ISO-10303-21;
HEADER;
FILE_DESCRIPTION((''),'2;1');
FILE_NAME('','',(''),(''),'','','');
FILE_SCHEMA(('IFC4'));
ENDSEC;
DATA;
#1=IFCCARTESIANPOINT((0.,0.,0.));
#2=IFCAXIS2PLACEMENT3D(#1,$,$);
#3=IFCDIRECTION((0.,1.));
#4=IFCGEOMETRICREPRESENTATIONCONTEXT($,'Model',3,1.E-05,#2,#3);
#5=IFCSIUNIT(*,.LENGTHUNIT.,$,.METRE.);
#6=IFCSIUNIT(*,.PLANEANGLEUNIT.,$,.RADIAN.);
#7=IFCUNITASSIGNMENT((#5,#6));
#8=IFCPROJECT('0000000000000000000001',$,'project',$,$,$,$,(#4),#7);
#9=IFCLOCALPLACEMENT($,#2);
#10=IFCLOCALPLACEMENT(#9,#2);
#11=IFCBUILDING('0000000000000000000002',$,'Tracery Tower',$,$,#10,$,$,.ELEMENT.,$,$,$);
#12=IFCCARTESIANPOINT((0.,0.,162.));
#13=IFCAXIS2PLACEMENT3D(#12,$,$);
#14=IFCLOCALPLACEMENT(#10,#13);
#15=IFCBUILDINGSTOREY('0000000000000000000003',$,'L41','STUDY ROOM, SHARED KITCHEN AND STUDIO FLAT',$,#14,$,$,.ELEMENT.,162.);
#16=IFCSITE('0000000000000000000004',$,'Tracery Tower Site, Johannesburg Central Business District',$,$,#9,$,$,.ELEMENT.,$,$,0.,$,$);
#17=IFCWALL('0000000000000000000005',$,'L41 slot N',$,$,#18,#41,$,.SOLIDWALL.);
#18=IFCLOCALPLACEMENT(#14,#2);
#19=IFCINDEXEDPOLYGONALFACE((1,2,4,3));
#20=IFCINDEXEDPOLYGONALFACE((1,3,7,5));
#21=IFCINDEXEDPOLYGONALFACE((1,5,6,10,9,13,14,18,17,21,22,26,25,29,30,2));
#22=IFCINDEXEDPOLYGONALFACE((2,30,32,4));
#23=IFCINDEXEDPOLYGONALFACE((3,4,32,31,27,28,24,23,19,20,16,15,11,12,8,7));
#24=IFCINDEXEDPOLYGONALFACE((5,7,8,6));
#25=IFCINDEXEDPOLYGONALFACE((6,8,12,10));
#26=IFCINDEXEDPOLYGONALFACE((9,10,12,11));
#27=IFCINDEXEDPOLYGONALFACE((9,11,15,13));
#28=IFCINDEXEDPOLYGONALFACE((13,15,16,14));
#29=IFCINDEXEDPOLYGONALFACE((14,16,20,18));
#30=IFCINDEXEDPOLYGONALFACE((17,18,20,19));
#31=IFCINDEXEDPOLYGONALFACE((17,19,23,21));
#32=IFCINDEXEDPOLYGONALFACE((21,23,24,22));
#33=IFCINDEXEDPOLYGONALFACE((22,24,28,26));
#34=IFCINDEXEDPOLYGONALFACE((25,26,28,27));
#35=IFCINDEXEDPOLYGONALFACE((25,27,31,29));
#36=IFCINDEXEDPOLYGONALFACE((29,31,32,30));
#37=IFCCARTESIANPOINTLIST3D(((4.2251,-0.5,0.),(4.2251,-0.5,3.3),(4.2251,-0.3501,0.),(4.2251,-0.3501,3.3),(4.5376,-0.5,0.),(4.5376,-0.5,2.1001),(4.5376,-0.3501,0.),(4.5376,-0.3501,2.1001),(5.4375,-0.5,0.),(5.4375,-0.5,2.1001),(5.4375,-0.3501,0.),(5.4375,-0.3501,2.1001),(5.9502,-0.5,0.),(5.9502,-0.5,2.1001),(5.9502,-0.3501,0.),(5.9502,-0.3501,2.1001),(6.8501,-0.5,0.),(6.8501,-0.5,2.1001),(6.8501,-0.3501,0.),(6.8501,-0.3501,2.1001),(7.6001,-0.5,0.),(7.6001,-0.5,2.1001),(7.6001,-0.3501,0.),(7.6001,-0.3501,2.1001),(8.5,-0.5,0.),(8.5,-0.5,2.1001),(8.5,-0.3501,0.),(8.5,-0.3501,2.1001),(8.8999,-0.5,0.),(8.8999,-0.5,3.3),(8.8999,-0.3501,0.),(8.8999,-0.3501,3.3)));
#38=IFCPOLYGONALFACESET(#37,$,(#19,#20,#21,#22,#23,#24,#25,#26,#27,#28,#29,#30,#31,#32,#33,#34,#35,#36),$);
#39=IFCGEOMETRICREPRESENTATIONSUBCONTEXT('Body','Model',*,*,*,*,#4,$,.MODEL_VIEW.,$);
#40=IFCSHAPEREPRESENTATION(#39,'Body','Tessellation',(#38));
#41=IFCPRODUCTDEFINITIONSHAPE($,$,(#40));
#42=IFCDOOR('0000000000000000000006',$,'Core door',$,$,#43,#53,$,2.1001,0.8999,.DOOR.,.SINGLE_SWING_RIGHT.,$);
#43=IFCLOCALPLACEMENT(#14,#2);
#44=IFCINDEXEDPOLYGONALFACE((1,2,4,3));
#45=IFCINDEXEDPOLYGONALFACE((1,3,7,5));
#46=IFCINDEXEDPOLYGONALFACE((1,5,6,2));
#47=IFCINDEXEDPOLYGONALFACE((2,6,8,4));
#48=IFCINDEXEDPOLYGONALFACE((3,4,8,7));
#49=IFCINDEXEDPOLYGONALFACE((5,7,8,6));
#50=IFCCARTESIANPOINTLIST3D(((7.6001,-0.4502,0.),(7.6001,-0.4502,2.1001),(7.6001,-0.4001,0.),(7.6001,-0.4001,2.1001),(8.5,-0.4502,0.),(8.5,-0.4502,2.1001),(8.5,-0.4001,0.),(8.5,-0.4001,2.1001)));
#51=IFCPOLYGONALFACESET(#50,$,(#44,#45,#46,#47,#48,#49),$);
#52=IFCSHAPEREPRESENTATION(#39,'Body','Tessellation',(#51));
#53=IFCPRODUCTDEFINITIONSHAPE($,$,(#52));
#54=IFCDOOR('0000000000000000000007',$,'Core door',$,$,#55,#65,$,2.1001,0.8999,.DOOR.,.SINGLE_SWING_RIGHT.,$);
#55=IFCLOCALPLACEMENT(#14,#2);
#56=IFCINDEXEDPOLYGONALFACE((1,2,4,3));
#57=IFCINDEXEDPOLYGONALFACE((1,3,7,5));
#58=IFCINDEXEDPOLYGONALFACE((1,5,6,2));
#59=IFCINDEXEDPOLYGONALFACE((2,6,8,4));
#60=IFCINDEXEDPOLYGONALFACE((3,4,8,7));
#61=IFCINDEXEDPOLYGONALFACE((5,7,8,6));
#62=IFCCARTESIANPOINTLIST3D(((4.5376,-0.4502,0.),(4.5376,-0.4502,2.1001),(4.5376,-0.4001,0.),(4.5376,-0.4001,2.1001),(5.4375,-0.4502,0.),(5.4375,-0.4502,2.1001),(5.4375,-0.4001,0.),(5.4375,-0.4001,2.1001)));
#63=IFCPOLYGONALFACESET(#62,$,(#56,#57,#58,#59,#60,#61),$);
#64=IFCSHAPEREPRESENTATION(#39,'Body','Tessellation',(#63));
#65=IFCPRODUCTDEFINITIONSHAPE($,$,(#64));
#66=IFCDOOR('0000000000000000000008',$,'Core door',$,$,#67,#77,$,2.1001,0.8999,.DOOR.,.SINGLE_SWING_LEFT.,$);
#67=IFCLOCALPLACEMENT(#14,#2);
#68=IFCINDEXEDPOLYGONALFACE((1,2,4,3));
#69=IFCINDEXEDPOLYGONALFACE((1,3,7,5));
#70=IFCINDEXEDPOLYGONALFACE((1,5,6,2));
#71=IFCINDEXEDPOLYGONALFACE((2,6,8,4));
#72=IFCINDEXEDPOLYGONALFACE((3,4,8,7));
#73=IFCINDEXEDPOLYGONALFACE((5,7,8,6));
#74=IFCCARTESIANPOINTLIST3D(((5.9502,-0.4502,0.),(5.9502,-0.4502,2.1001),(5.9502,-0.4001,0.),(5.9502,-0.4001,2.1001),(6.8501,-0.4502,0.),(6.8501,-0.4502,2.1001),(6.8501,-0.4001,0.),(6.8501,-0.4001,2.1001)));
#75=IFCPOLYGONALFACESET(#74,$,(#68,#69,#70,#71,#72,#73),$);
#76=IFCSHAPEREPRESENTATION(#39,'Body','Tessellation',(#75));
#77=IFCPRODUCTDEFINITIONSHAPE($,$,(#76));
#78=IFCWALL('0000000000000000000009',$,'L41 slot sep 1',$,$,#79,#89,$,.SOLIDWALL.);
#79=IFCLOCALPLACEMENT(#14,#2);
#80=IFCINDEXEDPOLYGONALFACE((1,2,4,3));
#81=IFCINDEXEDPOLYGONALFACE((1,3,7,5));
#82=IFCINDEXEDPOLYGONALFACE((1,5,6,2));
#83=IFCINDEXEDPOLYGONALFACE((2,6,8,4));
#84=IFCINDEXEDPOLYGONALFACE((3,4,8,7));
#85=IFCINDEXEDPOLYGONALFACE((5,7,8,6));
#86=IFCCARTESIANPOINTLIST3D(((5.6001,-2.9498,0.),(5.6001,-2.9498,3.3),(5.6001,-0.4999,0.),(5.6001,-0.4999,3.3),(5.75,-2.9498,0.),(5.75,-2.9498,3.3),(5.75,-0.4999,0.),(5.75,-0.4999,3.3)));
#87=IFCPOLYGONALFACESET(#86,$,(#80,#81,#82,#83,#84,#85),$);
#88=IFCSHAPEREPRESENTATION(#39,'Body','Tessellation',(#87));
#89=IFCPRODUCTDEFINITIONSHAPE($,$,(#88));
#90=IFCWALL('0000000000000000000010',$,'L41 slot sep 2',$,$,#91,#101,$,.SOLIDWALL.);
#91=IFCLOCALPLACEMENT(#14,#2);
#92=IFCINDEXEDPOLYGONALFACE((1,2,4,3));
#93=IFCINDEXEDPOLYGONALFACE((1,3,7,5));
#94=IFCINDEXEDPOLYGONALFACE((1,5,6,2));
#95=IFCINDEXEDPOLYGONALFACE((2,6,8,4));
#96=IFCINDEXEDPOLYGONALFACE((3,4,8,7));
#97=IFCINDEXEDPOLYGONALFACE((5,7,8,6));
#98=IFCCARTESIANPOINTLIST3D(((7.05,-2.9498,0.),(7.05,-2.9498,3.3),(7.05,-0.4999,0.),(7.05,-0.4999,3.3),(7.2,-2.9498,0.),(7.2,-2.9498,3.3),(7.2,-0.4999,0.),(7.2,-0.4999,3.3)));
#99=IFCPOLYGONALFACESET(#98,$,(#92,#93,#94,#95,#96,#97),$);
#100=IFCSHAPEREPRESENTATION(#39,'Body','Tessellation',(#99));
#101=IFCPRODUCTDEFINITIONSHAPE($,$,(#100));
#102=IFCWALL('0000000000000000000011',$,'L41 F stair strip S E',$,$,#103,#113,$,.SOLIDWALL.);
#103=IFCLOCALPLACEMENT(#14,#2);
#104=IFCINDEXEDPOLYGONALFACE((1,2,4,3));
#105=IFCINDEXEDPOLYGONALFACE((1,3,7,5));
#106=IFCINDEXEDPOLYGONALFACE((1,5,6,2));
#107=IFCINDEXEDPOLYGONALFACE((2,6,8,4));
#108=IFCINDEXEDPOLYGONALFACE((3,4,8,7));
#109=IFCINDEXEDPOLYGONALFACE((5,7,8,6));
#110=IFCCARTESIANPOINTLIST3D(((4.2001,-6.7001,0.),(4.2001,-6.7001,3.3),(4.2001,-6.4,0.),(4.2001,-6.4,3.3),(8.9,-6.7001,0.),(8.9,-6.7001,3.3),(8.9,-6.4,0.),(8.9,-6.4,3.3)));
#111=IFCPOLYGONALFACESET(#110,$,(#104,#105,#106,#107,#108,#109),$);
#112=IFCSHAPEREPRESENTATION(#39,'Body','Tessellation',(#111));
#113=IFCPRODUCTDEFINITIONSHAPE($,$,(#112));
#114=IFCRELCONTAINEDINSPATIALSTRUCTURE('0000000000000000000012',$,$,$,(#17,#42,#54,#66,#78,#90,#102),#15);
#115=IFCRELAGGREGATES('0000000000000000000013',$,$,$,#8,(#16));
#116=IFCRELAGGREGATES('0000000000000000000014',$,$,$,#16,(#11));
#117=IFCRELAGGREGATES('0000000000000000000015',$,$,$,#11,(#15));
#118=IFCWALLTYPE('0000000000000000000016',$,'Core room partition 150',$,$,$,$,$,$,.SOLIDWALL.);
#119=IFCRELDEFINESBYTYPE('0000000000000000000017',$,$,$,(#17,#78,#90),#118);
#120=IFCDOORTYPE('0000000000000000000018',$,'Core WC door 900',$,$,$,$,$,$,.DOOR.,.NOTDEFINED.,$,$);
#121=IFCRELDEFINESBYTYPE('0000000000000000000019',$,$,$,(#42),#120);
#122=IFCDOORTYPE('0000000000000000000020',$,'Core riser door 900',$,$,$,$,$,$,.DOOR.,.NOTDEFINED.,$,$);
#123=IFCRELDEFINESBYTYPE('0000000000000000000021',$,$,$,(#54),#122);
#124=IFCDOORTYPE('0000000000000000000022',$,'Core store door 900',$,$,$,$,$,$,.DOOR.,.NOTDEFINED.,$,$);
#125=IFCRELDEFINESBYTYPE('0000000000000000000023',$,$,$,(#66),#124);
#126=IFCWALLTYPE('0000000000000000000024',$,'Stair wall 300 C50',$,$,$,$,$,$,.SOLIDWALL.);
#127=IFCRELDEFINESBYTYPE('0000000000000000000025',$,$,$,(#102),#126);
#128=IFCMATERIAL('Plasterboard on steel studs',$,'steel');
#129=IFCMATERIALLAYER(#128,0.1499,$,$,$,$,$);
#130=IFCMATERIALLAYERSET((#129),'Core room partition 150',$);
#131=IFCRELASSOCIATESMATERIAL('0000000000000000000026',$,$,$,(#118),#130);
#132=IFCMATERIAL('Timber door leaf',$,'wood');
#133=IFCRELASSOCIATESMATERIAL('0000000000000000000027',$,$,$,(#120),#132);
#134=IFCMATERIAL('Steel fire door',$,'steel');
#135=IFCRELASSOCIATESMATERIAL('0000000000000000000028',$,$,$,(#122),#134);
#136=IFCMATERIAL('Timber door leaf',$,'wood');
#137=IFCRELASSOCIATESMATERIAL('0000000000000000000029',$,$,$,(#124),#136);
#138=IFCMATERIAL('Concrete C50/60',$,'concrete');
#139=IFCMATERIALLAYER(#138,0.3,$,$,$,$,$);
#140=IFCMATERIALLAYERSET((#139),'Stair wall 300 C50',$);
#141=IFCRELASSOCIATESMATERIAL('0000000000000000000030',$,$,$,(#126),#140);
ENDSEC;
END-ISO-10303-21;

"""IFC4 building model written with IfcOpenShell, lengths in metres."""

from ifc_helpers import new_model, si_unit, direction, frame, frame_2d, origin, place, context, subcontext, project, spatial, rectangle, extrude, material, layer, layer_set, type_object, element, fill, save


model = new_model("IFC4")

# Units and contexts
model_context = context("Model", 3, precision=1e-05, world=origin(), true_north=direction((0.0, 1.0)))
body_context = subcontext(model_context, "Body", "Model", "MODEL_VIEW")
ifc_project = project(units=[si_unit("LENGTHUNIT", "METRE"), si_unit("PLANEANGLEUNIT", "RADIAN")], contexts=[model_context])

# Site, building, storey
site_placement = place(None, origin())
site = spatial("IfcSite", under=ifc_project, at=site_placement, Name="Tracery Tower Site, Johannesburg Central Business District", CompositionType="ELEMENT", RefElevation=0.0)
building_placement = place(site_placement, origin())
building = spatial("IfcBuilding", under=site, at=building_placement, Name="Tracery Tower", CompositionType="ELEMENT")
storey_placement = place(building_placement, frame((0.0, 0.0, 162.0)))
storey = spatial("IfcBuildingStorey", under=building, at=storey_placement, Name="L41", Description="STUDY ROOM, SHARED KITCHEN AND STUDIO FLAT", CompositionType="ELEMENT", Elevation=162.0)

# Shared definitions
ifc_material_1 = material(Name="Plasterboard on steel studs", Category="steel")
ifc_layer_1 = layer(ifc_material_1, 0.1499)
ifc_layer_set_1 = layer_set([ifc_layer_1], Name="Core room partition 150")
wall_type_1 = type_object("IfcWallType", Name="Core room partition 150", PredefinedType="SOLIDWALL", material=ifc_layer_set_1)

# Wall, openings, doors
wall_1_placement = place(storey_placement, frame((4.2251, -0.425, 0.0), z_axis=(0.0, 0.0, 1.0), x_axis=(1.0, 0.0, 0.0)))
wall_1 = element("IfcWall", 1, at=wall_1_placement, inside=storey, type_object=wall_type_1, Name="L41 slot N", PredefinedType="SOLIDWALL", context=body_context, shape_type="SweptSolid", body=[
    extrude(rectangle(XDim=4.6748, YDim=0.1499, at=frame_2d((2.3374, 0.0))), origin(), (0.0, 0.0, 1.0), 3.3),
])
opening_1_placement = place(wall_1_placement, frame((0.3125, 0.0, 0.0)))
opening_1 = element("IfcOpeningElement", 2, at=opening_1_placement, cuts=wall_1, PredefinedType="OPENING", context=body_context, shape_type="SweptSolid", body=[
    extrude(rectangle(XDim=0.8999, YDim=2.1001, at=frame_2d((0.45, 1.05))), frame((0.0, 0.075, 0.0), z_axis=(0.0, -1.0, 0.0), x_axis=(1.0, 0.0, 0.0)), (0.0, 0.0, 1.0), 0.1499),
])
opening_2_placement = place(wall_1_placement, frame((1.7251, 0.0, 0.0)))
opening_2 = element("IfcOpeningElement", 3, at=opening_2_placement, cuts=wall_1, PredefinedType="OPENING", context=body_context, shape_type="SweptSolid", body=[
    extrude(rectangle(XDim=0.8999, YDim=2.1001, at=frame_2d((0.45, 1.05))), frame((0.0, 0.075, 0.0), z_axis=(0.0, -1.0, 0.0), x_axis=(1.0, 0.0, 0.0)), (0.0, 0.0, 1.0), 0.1499),
])
opening_3_placement = place(wall_1_placement, frame((3.375, 0.0, 0.0)))
opening_3 = element("IfcOpeningElement", 4, at=opening_3_placement, cuts=wall_1, PredefinedType="OPENING", context=body_context, shape_type="SweptSolid", body=[
    extrude(rectangle(XDim=0.8999, YDim=2.1001, at=frame_2d((0.45, 1.05))), frame((0.0, 0.075, 0.0), z_axis=(0.0, -1.0, 0.0), x_axis=(1.0, 0.0, 0.0)), (0.0, 0.0, 1.0), 0.1499),
])
ifc_material_2 = material(Name="Timber door leaf", Category="wood")
door_type_1 = type_object("IfcDoorType", Name="Core WC door 900", OperationType="NOTDEFINED", PredefinedType="DOOR", material=ifc_material_2)
door_1_placement = place(opening_3_placement, origin())
door_1 = element("IfcDoor", 5, at=door_1_placement, inside=storey, type_object=door_type_1, Name="Core door", OperationType="SINGLE_SWING_RIGHT", OverallHeight=2.1001, OverallWidth=0.8999, PredefinedType="DOOR", context=body_context, shape_type="SweptSolid", body=[
    extrude(rectangle(XDim=0.8999, YDim=2.1001, at=frame_2d((0.45, 1.05))), frame((0.0, 0.0249, 0.0), z_axis=(0.0, -1.0, 0.0), x_axis=(1.0, 0.0, 0.0)), (0.0, 0.0, 1.0), 0.05),
])
fill(opening_3, door_1)
ifc_material_3 = material(Name="Steel fire door", Category="steel")
door_type_2 = type_object("IfcDoorType", Name="Core riser door 900", OperationType="NOTDEFINED", PredefinedType="DOOR", material=ifc_material_3)
door_2_placement = place(opening_1_placement, origin())
door_2 = element("IfcDoor", 6, at=door_2_placement, inside=storey, type_object=door_type_2, Name="Core door", OperationType="SINGLE_SWING_RIGHT", OverallHeight=2.1001, OverallWidth=0.8999, PredefinedType="DOOR", context=body_context, shape_type="SweptSolid", body=[
    extrude(rectangle(XDim=0.8999, YDim=2.1001, at=frame_2d((0.45, 1.05))), frame((0.0, 0.0249, 0.0), z_axis=(0.0, -1.0, 0.0), x_axis=(1.0, 0.0, 0.0)), (0.0, 0.0, 1.0), 0.05),
])
fill(opening_1, door_2)
ifc_material_4 = material(Name="Timber door leaf", Category="wood")
door_type_3 = type_object("IfcDoorType", Name="Core store door 900", OperationType="NOTDEFINED", PredefinedType="DOOR", material=ifc_material_4)
door_3_placement = place(opening_2_placement, origin())
door_3 = element("IfcDoor", 7, at=door_3_placement, inside=storey, type_object=door_type_3, Name="Core door", OperationType="SINGLE_SWING_LEFT", OverallHeight=2.1001, OverallWidth=0.8999, PredefinedType="DOOR", context=body_context, shape_type="SweptSolid", body=[
    extrude(rectangle(XDim=0.8999, YDim=2.1001, at=frame_2d((0.45, 1.05))), frame((0.0, 0.0249, 0.0), z_axis=(0.0, -1.0, 0.0), x_axis=(1.0, 0.0, 0.0)), (0.0, 0.0, 1.0), 0.05),
])
fill(opening_2, door_3)

# Walls
for number, where, z_axis, x_axis, name in (
    (8, (5.675, -2.95, 0.0), (0.0, 0.0, 1.0), (0.0, 1.0, 0.0), "L41 slot sep 1"),
    (9, (7.125, -2.95, 0.0), (0.0, 0.0, 1.0), (0.0, 1.0, 0.0), "L41 slot sep 2"),
):
    element("IfcWall", number, at=place(storey_placement, frame(where, z_axis=z_axis, x_axis=x_axis)), inside=storey, type_object=wall_type_1, Name=name, PredefinedType="SOLIDWALL", context=body_context, shape_type="SweptSolid", body=[
        extrude(rectangle(XDim=2.45, YDim=0.1499, at=frame_2d((1.2251, 0.0))), origin(), (0.0, 0.0, 1.0), 3.3),
    ])

# Shared definitions
ifc_material_5 = material(Name="Concrete C50/60", Category="concrete")
ifc_layer_2 = layer(ifc_material_5, 0.3)
ifc_layer_set_2 = layer_set([ifc_layer_2], Name="Stair wall 300 C50")
wall_type_2 = type_object("IfcWallType", Name="Stair wall 300 C50", PredefinedType="SOLIDWALL", material=ifc_layer_set_2)

# Wall
wall_2_placement = place(storey_placement, frame((4.2, -6.55, 0.0), z_axis=(0.0, 0.0, 1.0), x_axis=(1.0, 0.0, 0.0)))
element("IfcWall", 10, at=wall_2_placement, inside=storey, type_object=wall_type_2, Name="L41 F stair strip S E", PredefinedType="SOLIDWALL", context=body_context, shape_type="SweptSolid", body=[
    extrude(rectangle(XDim=4.7, YDim=0.3, at=frame_2d((2.3501, 0.0))), origin(), (0.0, 0.0, 1.0), 3.3),
])

save(model, "model.ifc")
